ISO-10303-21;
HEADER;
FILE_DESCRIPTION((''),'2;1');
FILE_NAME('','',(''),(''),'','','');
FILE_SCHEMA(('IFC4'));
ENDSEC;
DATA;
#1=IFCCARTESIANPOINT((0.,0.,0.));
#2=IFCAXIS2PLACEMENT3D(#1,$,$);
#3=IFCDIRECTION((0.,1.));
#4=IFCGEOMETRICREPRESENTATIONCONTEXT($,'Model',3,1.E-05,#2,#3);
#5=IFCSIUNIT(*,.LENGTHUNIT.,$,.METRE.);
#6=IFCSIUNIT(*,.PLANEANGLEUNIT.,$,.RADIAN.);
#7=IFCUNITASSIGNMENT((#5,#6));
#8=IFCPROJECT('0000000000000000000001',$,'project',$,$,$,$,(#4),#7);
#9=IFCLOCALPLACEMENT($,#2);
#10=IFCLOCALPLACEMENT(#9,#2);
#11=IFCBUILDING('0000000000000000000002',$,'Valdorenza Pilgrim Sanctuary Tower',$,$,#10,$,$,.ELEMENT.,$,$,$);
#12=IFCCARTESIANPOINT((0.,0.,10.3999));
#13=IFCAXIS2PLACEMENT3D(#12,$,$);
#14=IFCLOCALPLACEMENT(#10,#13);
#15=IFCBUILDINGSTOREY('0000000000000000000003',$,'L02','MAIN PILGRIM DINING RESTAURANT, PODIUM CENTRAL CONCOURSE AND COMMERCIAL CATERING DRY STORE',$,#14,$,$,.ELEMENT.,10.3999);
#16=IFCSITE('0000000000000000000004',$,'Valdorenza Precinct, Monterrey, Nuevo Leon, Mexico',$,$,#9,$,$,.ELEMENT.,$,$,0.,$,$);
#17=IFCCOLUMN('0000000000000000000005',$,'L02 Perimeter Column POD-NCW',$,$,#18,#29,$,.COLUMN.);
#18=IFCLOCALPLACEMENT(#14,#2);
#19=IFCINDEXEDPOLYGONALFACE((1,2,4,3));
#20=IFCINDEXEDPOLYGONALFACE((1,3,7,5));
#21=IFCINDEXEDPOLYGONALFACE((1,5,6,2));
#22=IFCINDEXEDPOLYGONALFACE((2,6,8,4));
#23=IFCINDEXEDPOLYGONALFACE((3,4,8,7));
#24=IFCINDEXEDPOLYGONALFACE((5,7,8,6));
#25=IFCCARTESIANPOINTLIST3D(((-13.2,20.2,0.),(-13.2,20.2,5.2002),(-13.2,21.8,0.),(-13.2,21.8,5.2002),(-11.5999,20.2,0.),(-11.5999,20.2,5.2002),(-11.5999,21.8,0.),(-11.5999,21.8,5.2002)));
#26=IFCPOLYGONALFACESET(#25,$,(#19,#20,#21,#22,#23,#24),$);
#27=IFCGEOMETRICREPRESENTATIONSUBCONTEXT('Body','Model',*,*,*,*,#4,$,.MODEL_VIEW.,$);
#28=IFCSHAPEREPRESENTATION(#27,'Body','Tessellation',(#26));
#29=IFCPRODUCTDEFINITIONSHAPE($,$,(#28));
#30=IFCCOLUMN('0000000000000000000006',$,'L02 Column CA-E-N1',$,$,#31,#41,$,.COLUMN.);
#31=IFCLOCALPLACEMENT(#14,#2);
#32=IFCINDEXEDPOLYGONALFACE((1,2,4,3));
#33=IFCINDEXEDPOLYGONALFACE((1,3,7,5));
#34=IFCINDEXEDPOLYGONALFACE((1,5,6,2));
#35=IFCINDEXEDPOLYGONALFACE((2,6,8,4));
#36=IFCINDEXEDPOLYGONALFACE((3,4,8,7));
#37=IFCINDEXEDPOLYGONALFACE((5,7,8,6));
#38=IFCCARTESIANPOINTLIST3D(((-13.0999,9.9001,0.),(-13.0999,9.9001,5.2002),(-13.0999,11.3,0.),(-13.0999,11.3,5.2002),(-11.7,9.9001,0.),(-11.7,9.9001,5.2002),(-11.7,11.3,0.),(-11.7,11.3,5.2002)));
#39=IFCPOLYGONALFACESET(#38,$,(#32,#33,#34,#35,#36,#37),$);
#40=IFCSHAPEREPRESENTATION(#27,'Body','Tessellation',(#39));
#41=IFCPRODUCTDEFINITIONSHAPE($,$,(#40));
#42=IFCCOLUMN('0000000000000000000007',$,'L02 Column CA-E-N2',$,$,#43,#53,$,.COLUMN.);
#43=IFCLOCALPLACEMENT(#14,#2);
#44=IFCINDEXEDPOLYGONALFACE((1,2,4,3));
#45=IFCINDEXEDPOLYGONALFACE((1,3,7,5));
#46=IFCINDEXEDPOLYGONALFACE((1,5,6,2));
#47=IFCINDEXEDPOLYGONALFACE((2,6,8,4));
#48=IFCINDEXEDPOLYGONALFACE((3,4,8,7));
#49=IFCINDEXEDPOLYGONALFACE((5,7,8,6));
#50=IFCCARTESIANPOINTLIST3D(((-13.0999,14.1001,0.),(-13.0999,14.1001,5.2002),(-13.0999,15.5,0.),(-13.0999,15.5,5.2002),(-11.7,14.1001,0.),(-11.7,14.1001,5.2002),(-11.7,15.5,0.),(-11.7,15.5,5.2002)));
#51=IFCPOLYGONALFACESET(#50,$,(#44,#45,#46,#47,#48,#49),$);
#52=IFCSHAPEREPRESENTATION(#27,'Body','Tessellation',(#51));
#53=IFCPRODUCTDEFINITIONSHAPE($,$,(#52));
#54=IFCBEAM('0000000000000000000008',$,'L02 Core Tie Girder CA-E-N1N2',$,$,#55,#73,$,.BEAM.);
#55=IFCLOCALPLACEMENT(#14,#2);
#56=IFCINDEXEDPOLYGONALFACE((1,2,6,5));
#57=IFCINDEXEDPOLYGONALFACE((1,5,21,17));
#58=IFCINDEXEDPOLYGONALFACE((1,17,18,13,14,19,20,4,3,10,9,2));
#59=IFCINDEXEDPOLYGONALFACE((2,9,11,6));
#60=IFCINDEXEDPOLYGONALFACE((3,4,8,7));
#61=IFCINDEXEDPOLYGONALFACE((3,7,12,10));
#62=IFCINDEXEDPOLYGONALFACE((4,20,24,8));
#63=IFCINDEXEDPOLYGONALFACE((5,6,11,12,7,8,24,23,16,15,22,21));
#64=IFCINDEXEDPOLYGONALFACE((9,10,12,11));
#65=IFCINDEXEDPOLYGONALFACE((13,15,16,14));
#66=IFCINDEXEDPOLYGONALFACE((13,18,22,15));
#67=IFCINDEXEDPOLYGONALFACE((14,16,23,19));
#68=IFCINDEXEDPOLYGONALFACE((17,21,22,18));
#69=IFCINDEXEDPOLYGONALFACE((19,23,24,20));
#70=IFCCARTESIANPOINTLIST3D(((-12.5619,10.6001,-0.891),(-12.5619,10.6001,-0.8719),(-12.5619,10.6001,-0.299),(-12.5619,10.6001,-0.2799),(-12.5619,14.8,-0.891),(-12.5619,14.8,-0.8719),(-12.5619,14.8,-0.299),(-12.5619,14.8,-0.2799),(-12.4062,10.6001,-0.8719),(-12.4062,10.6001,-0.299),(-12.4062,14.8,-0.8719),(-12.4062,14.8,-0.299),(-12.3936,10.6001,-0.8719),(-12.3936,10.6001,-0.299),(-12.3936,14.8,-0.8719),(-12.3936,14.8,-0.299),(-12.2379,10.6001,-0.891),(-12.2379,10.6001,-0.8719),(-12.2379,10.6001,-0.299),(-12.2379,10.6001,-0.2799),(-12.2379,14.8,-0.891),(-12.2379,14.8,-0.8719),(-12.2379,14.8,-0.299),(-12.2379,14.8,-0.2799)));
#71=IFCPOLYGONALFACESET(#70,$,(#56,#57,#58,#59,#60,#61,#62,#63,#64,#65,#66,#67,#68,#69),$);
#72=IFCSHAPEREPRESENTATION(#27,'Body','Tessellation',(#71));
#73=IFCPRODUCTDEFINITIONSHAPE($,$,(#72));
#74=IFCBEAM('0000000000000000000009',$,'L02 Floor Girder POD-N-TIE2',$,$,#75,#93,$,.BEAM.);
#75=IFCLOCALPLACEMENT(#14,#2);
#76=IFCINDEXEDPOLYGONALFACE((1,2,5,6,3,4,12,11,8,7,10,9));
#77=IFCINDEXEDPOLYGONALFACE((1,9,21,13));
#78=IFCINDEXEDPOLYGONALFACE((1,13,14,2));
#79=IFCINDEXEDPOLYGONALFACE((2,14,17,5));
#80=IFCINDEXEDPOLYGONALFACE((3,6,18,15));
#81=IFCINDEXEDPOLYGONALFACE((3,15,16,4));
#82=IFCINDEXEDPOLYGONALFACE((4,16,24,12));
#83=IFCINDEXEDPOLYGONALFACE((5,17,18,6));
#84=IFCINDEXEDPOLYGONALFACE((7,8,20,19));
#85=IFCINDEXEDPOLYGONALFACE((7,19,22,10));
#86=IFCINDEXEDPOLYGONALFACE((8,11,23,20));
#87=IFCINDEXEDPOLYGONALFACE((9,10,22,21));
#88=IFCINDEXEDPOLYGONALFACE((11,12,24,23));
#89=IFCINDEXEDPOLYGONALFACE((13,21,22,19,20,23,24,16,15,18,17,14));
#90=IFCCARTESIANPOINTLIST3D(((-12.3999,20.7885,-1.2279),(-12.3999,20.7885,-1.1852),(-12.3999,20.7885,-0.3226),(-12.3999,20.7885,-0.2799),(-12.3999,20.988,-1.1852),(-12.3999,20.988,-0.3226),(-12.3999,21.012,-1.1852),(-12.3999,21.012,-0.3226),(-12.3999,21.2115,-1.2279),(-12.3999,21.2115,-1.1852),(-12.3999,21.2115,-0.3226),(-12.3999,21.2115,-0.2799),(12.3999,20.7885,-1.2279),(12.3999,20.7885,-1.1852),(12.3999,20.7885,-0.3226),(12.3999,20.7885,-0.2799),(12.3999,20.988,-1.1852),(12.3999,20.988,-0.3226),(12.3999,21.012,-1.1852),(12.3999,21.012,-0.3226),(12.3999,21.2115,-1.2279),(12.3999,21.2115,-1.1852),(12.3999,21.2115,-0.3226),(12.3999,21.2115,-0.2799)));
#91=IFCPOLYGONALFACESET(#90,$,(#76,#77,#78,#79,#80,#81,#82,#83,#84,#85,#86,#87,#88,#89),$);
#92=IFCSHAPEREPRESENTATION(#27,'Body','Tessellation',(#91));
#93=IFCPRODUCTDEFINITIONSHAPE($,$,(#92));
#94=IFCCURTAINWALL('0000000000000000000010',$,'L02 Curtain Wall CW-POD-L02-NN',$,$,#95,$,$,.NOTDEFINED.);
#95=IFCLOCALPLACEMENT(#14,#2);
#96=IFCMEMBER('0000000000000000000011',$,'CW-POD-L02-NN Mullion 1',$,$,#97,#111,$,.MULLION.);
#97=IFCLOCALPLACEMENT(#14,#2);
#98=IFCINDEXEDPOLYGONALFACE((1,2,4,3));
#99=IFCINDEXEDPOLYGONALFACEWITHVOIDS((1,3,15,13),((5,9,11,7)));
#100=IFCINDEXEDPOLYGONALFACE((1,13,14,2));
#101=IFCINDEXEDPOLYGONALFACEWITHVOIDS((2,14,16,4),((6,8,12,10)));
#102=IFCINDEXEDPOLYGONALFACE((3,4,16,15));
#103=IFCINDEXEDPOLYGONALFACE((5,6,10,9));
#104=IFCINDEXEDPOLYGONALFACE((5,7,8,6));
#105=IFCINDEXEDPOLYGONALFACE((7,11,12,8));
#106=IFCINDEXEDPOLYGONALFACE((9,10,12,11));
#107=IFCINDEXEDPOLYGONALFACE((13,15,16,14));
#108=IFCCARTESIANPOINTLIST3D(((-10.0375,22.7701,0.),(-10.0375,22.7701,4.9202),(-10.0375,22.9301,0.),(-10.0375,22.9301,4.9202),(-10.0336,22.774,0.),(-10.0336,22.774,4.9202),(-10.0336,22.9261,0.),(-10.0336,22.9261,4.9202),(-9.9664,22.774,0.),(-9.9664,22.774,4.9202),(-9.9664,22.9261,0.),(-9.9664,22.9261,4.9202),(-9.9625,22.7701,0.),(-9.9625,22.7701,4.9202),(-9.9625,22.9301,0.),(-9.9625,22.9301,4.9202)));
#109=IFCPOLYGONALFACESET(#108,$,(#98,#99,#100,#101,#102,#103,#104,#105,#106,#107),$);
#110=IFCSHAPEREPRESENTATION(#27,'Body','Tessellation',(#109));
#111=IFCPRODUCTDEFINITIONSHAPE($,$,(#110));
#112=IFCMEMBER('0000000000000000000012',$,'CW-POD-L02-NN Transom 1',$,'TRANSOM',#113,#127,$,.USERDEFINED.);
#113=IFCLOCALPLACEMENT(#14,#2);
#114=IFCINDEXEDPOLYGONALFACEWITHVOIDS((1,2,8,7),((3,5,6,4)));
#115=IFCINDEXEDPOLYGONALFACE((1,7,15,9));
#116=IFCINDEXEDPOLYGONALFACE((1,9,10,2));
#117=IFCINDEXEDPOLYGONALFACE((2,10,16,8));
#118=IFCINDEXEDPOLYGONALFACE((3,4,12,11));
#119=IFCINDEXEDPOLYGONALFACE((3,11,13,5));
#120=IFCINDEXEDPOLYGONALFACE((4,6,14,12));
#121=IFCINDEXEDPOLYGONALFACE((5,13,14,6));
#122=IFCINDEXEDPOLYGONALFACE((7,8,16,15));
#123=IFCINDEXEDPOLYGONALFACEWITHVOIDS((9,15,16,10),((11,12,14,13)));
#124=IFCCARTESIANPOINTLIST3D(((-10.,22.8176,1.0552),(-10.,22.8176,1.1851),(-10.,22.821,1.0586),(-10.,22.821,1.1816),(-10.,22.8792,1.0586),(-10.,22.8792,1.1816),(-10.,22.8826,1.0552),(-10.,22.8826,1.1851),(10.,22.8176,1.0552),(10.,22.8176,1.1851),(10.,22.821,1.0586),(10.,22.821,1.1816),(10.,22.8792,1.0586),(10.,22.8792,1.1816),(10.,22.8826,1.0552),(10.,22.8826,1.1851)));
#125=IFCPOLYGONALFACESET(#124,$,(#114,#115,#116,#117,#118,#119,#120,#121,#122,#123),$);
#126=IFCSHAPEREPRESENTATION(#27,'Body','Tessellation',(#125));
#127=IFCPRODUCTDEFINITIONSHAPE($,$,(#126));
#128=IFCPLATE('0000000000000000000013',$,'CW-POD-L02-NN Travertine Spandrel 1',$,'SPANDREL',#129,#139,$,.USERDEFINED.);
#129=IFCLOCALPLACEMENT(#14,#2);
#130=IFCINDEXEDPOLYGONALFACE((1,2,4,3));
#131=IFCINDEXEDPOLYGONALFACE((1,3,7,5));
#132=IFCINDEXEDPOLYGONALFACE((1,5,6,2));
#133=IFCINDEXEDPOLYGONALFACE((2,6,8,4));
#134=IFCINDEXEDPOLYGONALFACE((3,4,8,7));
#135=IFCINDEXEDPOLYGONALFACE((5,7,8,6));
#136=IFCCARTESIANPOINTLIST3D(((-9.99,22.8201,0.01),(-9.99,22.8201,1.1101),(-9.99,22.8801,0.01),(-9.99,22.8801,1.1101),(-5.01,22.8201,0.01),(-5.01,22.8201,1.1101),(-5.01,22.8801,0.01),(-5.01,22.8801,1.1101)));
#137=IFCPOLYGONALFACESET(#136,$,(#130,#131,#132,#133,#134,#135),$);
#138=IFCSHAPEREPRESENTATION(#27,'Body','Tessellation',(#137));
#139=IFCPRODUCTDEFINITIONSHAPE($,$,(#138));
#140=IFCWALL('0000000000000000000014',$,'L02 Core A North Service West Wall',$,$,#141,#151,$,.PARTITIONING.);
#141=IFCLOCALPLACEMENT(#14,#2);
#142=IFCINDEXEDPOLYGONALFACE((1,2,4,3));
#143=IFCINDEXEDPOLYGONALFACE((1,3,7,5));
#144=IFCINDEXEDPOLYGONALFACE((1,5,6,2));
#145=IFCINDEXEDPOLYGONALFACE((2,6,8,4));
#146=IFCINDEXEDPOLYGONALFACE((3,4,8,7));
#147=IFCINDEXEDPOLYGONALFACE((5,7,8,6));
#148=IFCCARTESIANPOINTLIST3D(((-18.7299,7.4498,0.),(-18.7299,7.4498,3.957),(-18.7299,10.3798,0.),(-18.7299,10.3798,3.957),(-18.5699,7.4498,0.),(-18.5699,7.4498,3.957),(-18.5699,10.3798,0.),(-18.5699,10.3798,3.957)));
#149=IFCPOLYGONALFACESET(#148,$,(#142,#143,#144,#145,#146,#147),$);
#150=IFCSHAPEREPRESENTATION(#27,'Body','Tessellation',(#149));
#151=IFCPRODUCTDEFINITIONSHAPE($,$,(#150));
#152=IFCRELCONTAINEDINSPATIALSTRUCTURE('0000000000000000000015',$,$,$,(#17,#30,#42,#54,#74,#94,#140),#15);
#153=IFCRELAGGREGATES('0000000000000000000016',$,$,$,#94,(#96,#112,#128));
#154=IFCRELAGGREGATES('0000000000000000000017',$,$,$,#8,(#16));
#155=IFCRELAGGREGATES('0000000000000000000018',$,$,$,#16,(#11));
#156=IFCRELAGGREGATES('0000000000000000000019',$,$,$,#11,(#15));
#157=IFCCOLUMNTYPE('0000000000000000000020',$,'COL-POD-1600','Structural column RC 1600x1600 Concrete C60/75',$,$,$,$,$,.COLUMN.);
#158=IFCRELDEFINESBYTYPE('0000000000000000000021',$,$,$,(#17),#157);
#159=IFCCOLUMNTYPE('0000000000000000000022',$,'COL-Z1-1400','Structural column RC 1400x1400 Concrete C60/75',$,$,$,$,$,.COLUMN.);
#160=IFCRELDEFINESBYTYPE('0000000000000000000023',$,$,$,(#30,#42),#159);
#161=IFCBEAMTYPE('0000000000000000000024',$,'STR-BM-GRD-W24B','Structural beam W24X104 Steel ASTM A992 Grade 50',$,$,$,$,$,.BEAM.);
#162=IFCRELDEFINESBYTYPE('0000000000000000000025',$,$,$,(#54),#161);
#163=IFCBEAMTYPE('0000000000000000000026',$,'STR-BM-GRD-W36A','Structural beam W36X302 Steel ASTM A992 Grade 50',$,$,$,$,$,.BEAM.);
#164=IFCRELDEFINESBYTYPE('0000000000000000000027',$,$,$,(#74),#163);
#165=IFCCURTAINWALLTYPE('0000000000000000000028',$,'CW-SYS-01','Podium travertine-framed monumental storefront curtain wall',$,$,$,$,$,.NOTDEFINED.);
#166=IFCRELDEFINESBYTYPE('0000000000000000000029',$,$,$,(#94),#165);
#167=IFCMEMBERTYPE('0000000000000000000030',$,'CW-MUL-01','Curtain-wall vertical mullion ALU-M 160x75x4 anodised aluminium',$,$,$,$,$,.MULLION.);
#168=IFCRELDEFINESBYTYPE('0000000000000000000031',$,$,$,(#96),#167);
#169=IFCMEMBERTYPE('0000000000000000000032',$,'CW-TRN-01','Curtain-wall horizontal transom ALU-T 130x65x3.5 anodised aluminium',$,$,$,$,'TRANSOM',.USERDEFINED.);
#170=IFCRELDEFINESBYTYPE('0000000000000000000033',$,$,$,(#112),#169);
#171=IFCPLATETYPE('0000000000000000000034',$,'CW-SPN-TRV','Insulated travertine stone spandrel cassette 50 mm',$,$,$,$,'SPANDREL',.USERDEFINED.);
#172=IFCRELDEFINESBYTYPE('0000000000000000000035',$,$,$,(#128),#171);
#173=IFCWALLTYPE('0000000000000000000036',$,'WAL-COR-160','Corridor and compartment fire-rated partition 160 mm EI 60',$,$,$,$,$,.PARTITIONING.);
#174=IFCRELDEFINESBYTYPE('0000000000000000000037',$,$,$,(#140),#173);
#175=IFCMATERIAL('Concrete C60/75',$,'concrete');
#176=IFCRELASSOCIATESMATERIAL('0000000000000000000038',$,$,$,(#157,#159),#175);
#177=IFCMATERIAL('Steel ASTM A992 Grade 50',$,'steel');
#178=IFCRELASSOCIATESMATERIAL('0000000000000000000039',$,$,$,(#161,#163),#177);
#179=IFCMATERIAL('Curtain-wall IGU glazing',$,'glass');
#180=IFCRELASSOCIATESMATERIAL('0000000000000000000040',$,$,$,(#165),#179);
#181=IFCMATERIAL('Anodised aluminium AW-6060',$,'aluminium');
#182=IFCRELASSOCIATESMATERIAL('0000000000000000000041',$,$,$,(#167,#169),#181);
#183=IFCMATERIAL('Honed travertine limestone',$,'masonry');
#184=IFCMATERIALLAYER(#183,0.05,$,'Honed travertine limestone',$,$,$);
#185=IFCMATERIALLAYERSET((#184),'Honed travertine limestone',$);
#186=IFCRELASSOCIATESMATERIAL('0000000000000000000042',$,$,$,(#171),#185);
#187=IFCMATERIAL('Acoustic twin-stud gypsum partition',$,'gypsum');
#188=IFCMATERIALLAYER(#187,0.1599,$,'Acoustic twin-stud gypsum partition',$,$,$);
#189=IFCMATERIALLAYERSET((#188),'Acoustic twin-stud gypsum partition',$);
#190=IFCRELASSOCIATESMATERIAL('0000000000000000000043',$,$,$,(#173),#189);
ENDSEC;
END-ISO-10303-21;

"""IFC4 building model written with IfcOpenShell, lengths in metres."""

from ifc_helpers import new_model, si_unit, direction, frame, frame_2d, origin, origin_2d, place, context, subcontext, project, spatial, rectangle, hollow_rectangle, i_section, extrude, source, transform, mapped, material, layer, layer_set, material_profile, profile_set, type_object, element, aggregate, save


model = new_model("IFC4")

# Units and contexts
model_context = context("Model", 3, precision=1e-05, world=origin(), true_north=direction((0.0, 1.0)))
body_context = subcontext(model_context, "Body", "Model", "MODEL_VIEW")
ifc_project = project(units=[si_unit("LENGTHUNIT", "METRE"), si_unit("PLANEANGLEUNIT", "RADIAN")], contexts=[model_context])

# Site, building, storey
site_placement = place(None, origin())
site = spatial("IfcSite", under=ifc_project, at=site_placement, Name="Valdorenza Precinct, Monterrey, Nuevo Leon, Mexico", CompositionType="ELEMENT", RefElevation=0.0)
building_placement = place(site_placement, origin())
building = spatial("IfcBuilding", under=site, at=building_placement, Name="Valdorenza Pilgrim Sanctuary Tower", CompositionType="ELEMENT")
storey_placement = place(building_placement, frame((0.0, 0.0, 10.3999)))
storey = spatial("IfcBuildingStorey", under=building, at=storey_placement, Name="L02", Description="MAIN PILGRIM DINING RESTAURANT, PODIUM CENTRAL CONCOURSE AND COMMERCIAL CATERING DRY STORE", CompositionType="ELEMENT", Elevation=10.3999)

# Columns
ifc_material_1 = material(Name="Concrete C60/75", Category="concrete")
ifc_material_profile_1 = material_profile(ifc_material_1, rectangle(XDim=1.6001, YDim=1.6001, at=origin_2d()), Name="RC 1600x1600")
ifc_profile_set_1 = profile_set([ifc_material_profile_1], Name="Concrete C60/75")
column_type_1 = type_object("IfcColumnType", Name="COL-POD-1600", Description="Structural column RC 1600x1600 Concrete C60/75", PredefinedType="COLUMN", material=ifc_profile_set_1)
shared_shape_1 = source(origin(), body_context, "Body", "SweptSolid", [
    extrude(rectangle(XDim=1.6001, YDim=1.6001, at=origin_2d()), origin(), (0.0, 0.0, 1.0), 5.2002),
])
column_placement = place(storey_placement, frame((-12.3999, 21.0, 0.0), z_axis=(0.0, 0.0, 1.0), x_axis=(1.0, 0.0, 0.0)))
element("IfcColumn", 1, at=column_placement, inside=storey, type_object=column_type_1, Name="L02 Perimeter Column POD-NCW", PredefinedType="COLUMN", context=body_context, shape_type="MappedRepresentation", body=[
    mapped(shared_shape_1, transform((0.0, 0.0, 0.0), x_axis=(1.0, 0.0, 0.0), y_axis=(0.0, 1.0, 0.0), z_axis=(0.0, 0.0, 1.0), scale=1.0)),
])
ifc_material_profile_2 = material_profile(ifc_material_1, rectangle(XDim=1.3999, YDim=1.3999, at=origin_2d()), Name="RC 1400x1400")
ifc_profile_set_2 = profile_set([ifc_material_profile_2], Name="Concrete C60/75")
column_type_2 = type_object("IfcColumnType", Name="COL-Z1-1400", Description="Structural column RC 1400x1400 Concrete C60/75", PredefinedType="COLUMN", material=ifc_profile_set_2)
shared_shape_2 = source(origin(), body_context, "Body", "SweptSolid", [
    extrude(rectangle(XDim=1.3999, YDim=1.3999, at=origin_2d()), origin(), (0.0, 0.0, 1.0), 5.2002),
])
for number, where, z_axis, x_axis, name in (
    (2, (-12.3999, 10.6001, 0.0), (0.0, 0.0, 1.0), (1.0, 0.0, 0.0), "L02 Column CA-E-N1"),
    (3, (-12.3999, 14.8, 0.0), (0.0, 0.0, 1.0), (1.0, 0.0, 0.0), "L02 Column CA-E-N2"),
):
    element("IfcColumn", number, at=place(storey_placement, frame(where, z_axis=z_axis, x_axis=x_axis)), inside=storey, type_object=column_type_2, Name=name, PredefinedType="COLUMN", context=body_context, shape_type="MappedRepresentation", body=[
        mapped(shared_shape_2, transform((0.0, 0.0, 0.0), x_axis=(1.0, 0.0, 0.0), y_axis=(0.0, 1.0, 0.0), z_axis=(0.0, 0.0, 1.0), scale=1.0)),
    ])

# Beams
ifc_material_2 = material(Name="Steel ASTM A992 Grade 50", Category="steel")
ifc_material_profile_3 = material_profile(ifc_material_2, i_section(OverallWidth=0.324, OverallDepth=0.6111, WebThickness=0.0127, FlangeThickness=0.019, at=origin_2d()), Name="W24X104")
ifc_profile_set_3 = profile_set([ifc_material_profile_3], Name="Steel ASTM A992 Grade 50")
beam_type_1 = type_object("IfcBeamType", Name="STR-BM-GRD-W24B", Description="Structural beam W24X104 Steel ASTM A992 Grade 50", PredefinedType="BEAM", material=ifc_profile_set_3)
shared_shape_3 = source(origin(), body_context, "Body", "SweptSolid", [
    extrude(i_section(OverallWidth=0.324, OverallDepth=0.6111, WebThickness=0.0127, FlangeThickness=0.019, at=origin_2d()), origin(), (0.0, 0.0, 1.0), 4.2),
])
beam_1_placement = place(storey_placement, frame((-12.3999, 10.6001, -0.5854), z_axis=(0.0, 1.0, 0.0), x_axis=(-1.0, 0.0, 0.0)))
element("IfcBeam", 4, at=beam_1_placement, inside=storey, type_object=beam_type_1, Name="L02 Core Tie Girder CA-E-N1N2", PredefinedType="BEAM", context=body_context, shape_type="MappedRepresentation", body=[
    mapped(shared_shape_3, transform((0.0, 0.0, 0.0), x_axis=(1.0, 0.0, 0.0), y_axis=(0.0, 1.0, 0.0), z_axis=(0.0, 0.0, 1.0), scale=1.0)),
])
ifc_material_profile_4 = material_profile(ifc_material_2, i_section(OverallWidth=0.4231, OverallDepth=0.948, WebThickness=0.0239, FlangeThickness=0.0427, at=origin_2d()), Name="W36X302")
ifc_profile_set_4 = profile_set([ifc_material_profile_4], Name="Steel ASTM A992 Grade 50")
beam_type_2 = type_object("IfcBeamType", Name="STR-BM-GRD-W36A", Description="Structural beam W36X302 Steel ASTM A992 Grade 50", PredefinedType="BEAM", material=ifc_profile_set_4)
shared_shape_4 = source(origin(), body_context, "Body", "SweptSolid", [
    extrude(i_section(OverallWidth=0.4231, OverallDepth=0.948, WebThickness=0.0239, FlangeThickness=0.0427, at=origin_2d()), origin(), (0.0, 0.0, 1.0), 24.7998),
])
beam_2_placement = place(storey_placement, frame((-12.3999, 21.0, -0.7539), z_axis=(1.0, 0.0, 0.0), x_axis=(0.0, 1.0, 0.0)))
element("IfcBeam", 5, at=beam_2_placement, inside=storey, type_object=beam_type_2, Name="L02 Floor Girder POD-N-TIE2", PredefinedType="BEAM", context=body_context, shape_type="MappedRepresentation", body=[
    mapped(shared_shape_4, transform((0.0, 0.0, 0.0), x_axis=(1.0, 0.0, 0.0), y_axis=(0.0, 1.0, 0.0), z_axis=(0.0, 0.0, 1.0), scale=1.0)),
])

# Curtain wall, members, plate
ifc_material_3 = material(Name="Curtain-wall IGU glazing", Category="glass")
curtain_wall_type = type_object("IfcCurtainWallType", Name="CW-SYS-01", Description="Podium travertine-framed monumental storefront curtain wall", PredefinedType="NOTDEFINED", material=ifc_material_3)
curtain_wall_placement = place(storey_placement, origin())
curtain_wall = element("IfcCurtainWall", 6, at=curtain_wall_placement, inside=storey, type_object=curtain_wall_type, Name="L02 Curtain Wall CW-POD-L02-NN", PredefinedType="NOTDEFINED")
ifc_material_4 = material(Name="Anodised aluminium AW-6060", Category="aluminium")
ifc_material_profile_5 = material_profile(ifc_material_4, hollow_rectangle(XDim=0.075, YDim=0.1599, WallThickness=0.0039, at=origin_2d()), Name="ALU-M 160x75x4")
ifc_profile_set_5 = profile_set([ifc_material_profile_5], Name="Anodised aluminium AW-6060")
member_type_1 = type_object("IfcMemberType", Name="CW-MUL-01", Description="Curtain-wall vertical mullion ALU-M 160x75x4 anodised aluminium", PredefinedType="MULLION", material=ifc_profile_set_5)
shared_shape_5 = source(origin(), body_context, "Body", "SweptSolid", [
    extrude(hollow_rectangle(XDim=0.075, YDim=0.1599, WallThickness=0.0039, at=origin_2d()), origin(), (0.0, 0.0, 1.0), 4.9202),
])
member_1_placement = place(storey_placement, frame((-10.0, 22.8501, 0.0), z_axis=(0.0, 0.0, 1.0), x_axis=(1.0, 0.0, 0.0)))
member_1 = element("IfcMember", 7, at=member_1_placement, type_object=member_type_1, Name="CW-POD-L02-NN Mullion 1", PredefinedType="MULLION", context=body_context, shape_type="MappedRepresentation", body=[
    mapped(shared_shape_5, transform((0.0, 0.0, 0.0), x_axis=(1.0, 0.0, 0.0), y_axis=(0.0, 1.0, 0.0), z_axis=(0.0, 0.0, 1.0), scale=1.0)),
])
ifc_material_profile_6 = material_profile(ifc_material_4, hollow_rectangle(XDim=0.0649, YDim=0.1299, WallThickness=0.0034, at=origin_2d()), Name="ALU-T 130x65x3.5")
ifc_profile_set_6 = profile_set([ifc_material_profile_6], Name="Anodised aluminium AW-6060")
member_type_2 = type_object("IfcMemberType", Name="CW-TRN-01", Description="Curtain-wall horizontal transom ALU-T 130x65x3.5 anodised aluminium", ElementType="TRANSOM", PredefinedType="USERDEFINED", material=ifc_profile_set_6)
shared_shape_6 = source(origin(), body_context, "Body", "SweptSolid", [
    extrude(hollow_rectangle(XDim=0.0649, YDim=0.1299, WallThickness=0.0034, at=origin_2d()), origin(), (0.0, 0.0, 1.0), 20.0),
])
member_2_placement = place(storey_placement, frame((-10.0, 22.8501, 1.1201), z_axis=(1.0, 0.0, 0.0), x_axis=(0.0, 1.0, 0.0)))
member_2 = element("IfcMember", 8, at=member_2_placement, type_object=member_type_2, Name="CW-POD-L02-NN Transom 1", ObjectType="TRANSOM", PredefinedType="USERDEFINED", context=body_context, shape_type="MappedRepresentation", body=[
    mapped(shared_shape_6, transform((0.0, 0.0, 0.0), x_axis=(1.0, 0.0, 0.0), y_axis=(0.0, 1.0, 0.0), z_axis=(0.0, 0.0, 1.0), scale=1.0)),
])
ifc_material_5 = material(Name="Honed travertine limestone", Category="masonry")
ifc_layer_1 = layer(ifc_material_5, 0.05, Name="Honed travertine limestone")
ifc_layer_set_1 = layer_set([ifc_layer_1], Name="Honed travertine limestone")
plate_type = type_object("IfcPlateType", Name="CW-SPN-TRV", Description="Insulated travertine stone spandrel cassette 50 mm", ElementType="SPANDREL", PredefinedType="USERDEFINED", material=ifc_layer_set_1)
shared_shape_7 = source(origin(), body_context, "Body", "SweptSolid", [
    extrude(rectangle(XDim=4.98, YDim=0.0601, at=origin_2d()), origin(), (0.0, 0.0, 1.0), 1.1001),
])
plate_placement = place(storey_placement, frame((-7.5, 22.8501, 0.01), z_axis=(0.0, 0.0, 1.0), x_axis=(1.0, 0.0, 0.0)))
plate = element("IfcPlate", 9, at=plate_placement, type_object=plate_type, Name="CW-POD-L02-NN Travertine Spandrel 1", ObjectType="SPANDREL", PredefinedType="USERDEFINED", context=body_context, shape_type="MappedRepresentation", body=[
    mapped(shared_shape_7, transform((0.0, 0.0, 0.0), x_axis=(1.0, 0.0, 0.0), y_axis=(0.0, 1.0, 0.0), z_axis=(0.0, 0.0, 1.0), scale=1.0)),
])
aggregate(curtain_wall, [member_1, member_2, plate])

# Wall
ifc_material_6 = material(Name="Acoustic twin-stud gypsum partition", Category="gypsum")
ifc_layer_2 = layer(ifc_material_6, 0.1599, Name="Acoustic twin-stud gypsum partition")
ifc_layer_set_2 = layer_set([ifc_layer_2], Name="Acoustic twin-stud gypsum partition")
wall_type_1 = type_object("IfcWallType", Name="WAL-COR-160", Description="Corridor and compartment fire-rated partition 160 mm EI 60", PredefinedType="PARTITIONING", material=ifc_layer_set_2)
wall_1_placement = place(storey_placement, frame((-18.6499, 7.45, 0.0), z_axis=(0.0, 0.0, 1.0), x_axis=(0.0, 1.0, 0.0)))
element("IfcWall", 10, at=wall_1_placement, inside=storey, type_object=wall_type_1, Name="L02 Core A North Service West Wall", PredefinedType="PARTITIONING", context=body_context, shape_type="SweptSolid", body=[
    extrude(rectangle(XDim=2.9299, YDim=0.1599, at=frame_2d((1.4648, 0.0))), origin(), (0.0, 0.0, 1.0), 3.957),
])

save(model, "model.ifc")
